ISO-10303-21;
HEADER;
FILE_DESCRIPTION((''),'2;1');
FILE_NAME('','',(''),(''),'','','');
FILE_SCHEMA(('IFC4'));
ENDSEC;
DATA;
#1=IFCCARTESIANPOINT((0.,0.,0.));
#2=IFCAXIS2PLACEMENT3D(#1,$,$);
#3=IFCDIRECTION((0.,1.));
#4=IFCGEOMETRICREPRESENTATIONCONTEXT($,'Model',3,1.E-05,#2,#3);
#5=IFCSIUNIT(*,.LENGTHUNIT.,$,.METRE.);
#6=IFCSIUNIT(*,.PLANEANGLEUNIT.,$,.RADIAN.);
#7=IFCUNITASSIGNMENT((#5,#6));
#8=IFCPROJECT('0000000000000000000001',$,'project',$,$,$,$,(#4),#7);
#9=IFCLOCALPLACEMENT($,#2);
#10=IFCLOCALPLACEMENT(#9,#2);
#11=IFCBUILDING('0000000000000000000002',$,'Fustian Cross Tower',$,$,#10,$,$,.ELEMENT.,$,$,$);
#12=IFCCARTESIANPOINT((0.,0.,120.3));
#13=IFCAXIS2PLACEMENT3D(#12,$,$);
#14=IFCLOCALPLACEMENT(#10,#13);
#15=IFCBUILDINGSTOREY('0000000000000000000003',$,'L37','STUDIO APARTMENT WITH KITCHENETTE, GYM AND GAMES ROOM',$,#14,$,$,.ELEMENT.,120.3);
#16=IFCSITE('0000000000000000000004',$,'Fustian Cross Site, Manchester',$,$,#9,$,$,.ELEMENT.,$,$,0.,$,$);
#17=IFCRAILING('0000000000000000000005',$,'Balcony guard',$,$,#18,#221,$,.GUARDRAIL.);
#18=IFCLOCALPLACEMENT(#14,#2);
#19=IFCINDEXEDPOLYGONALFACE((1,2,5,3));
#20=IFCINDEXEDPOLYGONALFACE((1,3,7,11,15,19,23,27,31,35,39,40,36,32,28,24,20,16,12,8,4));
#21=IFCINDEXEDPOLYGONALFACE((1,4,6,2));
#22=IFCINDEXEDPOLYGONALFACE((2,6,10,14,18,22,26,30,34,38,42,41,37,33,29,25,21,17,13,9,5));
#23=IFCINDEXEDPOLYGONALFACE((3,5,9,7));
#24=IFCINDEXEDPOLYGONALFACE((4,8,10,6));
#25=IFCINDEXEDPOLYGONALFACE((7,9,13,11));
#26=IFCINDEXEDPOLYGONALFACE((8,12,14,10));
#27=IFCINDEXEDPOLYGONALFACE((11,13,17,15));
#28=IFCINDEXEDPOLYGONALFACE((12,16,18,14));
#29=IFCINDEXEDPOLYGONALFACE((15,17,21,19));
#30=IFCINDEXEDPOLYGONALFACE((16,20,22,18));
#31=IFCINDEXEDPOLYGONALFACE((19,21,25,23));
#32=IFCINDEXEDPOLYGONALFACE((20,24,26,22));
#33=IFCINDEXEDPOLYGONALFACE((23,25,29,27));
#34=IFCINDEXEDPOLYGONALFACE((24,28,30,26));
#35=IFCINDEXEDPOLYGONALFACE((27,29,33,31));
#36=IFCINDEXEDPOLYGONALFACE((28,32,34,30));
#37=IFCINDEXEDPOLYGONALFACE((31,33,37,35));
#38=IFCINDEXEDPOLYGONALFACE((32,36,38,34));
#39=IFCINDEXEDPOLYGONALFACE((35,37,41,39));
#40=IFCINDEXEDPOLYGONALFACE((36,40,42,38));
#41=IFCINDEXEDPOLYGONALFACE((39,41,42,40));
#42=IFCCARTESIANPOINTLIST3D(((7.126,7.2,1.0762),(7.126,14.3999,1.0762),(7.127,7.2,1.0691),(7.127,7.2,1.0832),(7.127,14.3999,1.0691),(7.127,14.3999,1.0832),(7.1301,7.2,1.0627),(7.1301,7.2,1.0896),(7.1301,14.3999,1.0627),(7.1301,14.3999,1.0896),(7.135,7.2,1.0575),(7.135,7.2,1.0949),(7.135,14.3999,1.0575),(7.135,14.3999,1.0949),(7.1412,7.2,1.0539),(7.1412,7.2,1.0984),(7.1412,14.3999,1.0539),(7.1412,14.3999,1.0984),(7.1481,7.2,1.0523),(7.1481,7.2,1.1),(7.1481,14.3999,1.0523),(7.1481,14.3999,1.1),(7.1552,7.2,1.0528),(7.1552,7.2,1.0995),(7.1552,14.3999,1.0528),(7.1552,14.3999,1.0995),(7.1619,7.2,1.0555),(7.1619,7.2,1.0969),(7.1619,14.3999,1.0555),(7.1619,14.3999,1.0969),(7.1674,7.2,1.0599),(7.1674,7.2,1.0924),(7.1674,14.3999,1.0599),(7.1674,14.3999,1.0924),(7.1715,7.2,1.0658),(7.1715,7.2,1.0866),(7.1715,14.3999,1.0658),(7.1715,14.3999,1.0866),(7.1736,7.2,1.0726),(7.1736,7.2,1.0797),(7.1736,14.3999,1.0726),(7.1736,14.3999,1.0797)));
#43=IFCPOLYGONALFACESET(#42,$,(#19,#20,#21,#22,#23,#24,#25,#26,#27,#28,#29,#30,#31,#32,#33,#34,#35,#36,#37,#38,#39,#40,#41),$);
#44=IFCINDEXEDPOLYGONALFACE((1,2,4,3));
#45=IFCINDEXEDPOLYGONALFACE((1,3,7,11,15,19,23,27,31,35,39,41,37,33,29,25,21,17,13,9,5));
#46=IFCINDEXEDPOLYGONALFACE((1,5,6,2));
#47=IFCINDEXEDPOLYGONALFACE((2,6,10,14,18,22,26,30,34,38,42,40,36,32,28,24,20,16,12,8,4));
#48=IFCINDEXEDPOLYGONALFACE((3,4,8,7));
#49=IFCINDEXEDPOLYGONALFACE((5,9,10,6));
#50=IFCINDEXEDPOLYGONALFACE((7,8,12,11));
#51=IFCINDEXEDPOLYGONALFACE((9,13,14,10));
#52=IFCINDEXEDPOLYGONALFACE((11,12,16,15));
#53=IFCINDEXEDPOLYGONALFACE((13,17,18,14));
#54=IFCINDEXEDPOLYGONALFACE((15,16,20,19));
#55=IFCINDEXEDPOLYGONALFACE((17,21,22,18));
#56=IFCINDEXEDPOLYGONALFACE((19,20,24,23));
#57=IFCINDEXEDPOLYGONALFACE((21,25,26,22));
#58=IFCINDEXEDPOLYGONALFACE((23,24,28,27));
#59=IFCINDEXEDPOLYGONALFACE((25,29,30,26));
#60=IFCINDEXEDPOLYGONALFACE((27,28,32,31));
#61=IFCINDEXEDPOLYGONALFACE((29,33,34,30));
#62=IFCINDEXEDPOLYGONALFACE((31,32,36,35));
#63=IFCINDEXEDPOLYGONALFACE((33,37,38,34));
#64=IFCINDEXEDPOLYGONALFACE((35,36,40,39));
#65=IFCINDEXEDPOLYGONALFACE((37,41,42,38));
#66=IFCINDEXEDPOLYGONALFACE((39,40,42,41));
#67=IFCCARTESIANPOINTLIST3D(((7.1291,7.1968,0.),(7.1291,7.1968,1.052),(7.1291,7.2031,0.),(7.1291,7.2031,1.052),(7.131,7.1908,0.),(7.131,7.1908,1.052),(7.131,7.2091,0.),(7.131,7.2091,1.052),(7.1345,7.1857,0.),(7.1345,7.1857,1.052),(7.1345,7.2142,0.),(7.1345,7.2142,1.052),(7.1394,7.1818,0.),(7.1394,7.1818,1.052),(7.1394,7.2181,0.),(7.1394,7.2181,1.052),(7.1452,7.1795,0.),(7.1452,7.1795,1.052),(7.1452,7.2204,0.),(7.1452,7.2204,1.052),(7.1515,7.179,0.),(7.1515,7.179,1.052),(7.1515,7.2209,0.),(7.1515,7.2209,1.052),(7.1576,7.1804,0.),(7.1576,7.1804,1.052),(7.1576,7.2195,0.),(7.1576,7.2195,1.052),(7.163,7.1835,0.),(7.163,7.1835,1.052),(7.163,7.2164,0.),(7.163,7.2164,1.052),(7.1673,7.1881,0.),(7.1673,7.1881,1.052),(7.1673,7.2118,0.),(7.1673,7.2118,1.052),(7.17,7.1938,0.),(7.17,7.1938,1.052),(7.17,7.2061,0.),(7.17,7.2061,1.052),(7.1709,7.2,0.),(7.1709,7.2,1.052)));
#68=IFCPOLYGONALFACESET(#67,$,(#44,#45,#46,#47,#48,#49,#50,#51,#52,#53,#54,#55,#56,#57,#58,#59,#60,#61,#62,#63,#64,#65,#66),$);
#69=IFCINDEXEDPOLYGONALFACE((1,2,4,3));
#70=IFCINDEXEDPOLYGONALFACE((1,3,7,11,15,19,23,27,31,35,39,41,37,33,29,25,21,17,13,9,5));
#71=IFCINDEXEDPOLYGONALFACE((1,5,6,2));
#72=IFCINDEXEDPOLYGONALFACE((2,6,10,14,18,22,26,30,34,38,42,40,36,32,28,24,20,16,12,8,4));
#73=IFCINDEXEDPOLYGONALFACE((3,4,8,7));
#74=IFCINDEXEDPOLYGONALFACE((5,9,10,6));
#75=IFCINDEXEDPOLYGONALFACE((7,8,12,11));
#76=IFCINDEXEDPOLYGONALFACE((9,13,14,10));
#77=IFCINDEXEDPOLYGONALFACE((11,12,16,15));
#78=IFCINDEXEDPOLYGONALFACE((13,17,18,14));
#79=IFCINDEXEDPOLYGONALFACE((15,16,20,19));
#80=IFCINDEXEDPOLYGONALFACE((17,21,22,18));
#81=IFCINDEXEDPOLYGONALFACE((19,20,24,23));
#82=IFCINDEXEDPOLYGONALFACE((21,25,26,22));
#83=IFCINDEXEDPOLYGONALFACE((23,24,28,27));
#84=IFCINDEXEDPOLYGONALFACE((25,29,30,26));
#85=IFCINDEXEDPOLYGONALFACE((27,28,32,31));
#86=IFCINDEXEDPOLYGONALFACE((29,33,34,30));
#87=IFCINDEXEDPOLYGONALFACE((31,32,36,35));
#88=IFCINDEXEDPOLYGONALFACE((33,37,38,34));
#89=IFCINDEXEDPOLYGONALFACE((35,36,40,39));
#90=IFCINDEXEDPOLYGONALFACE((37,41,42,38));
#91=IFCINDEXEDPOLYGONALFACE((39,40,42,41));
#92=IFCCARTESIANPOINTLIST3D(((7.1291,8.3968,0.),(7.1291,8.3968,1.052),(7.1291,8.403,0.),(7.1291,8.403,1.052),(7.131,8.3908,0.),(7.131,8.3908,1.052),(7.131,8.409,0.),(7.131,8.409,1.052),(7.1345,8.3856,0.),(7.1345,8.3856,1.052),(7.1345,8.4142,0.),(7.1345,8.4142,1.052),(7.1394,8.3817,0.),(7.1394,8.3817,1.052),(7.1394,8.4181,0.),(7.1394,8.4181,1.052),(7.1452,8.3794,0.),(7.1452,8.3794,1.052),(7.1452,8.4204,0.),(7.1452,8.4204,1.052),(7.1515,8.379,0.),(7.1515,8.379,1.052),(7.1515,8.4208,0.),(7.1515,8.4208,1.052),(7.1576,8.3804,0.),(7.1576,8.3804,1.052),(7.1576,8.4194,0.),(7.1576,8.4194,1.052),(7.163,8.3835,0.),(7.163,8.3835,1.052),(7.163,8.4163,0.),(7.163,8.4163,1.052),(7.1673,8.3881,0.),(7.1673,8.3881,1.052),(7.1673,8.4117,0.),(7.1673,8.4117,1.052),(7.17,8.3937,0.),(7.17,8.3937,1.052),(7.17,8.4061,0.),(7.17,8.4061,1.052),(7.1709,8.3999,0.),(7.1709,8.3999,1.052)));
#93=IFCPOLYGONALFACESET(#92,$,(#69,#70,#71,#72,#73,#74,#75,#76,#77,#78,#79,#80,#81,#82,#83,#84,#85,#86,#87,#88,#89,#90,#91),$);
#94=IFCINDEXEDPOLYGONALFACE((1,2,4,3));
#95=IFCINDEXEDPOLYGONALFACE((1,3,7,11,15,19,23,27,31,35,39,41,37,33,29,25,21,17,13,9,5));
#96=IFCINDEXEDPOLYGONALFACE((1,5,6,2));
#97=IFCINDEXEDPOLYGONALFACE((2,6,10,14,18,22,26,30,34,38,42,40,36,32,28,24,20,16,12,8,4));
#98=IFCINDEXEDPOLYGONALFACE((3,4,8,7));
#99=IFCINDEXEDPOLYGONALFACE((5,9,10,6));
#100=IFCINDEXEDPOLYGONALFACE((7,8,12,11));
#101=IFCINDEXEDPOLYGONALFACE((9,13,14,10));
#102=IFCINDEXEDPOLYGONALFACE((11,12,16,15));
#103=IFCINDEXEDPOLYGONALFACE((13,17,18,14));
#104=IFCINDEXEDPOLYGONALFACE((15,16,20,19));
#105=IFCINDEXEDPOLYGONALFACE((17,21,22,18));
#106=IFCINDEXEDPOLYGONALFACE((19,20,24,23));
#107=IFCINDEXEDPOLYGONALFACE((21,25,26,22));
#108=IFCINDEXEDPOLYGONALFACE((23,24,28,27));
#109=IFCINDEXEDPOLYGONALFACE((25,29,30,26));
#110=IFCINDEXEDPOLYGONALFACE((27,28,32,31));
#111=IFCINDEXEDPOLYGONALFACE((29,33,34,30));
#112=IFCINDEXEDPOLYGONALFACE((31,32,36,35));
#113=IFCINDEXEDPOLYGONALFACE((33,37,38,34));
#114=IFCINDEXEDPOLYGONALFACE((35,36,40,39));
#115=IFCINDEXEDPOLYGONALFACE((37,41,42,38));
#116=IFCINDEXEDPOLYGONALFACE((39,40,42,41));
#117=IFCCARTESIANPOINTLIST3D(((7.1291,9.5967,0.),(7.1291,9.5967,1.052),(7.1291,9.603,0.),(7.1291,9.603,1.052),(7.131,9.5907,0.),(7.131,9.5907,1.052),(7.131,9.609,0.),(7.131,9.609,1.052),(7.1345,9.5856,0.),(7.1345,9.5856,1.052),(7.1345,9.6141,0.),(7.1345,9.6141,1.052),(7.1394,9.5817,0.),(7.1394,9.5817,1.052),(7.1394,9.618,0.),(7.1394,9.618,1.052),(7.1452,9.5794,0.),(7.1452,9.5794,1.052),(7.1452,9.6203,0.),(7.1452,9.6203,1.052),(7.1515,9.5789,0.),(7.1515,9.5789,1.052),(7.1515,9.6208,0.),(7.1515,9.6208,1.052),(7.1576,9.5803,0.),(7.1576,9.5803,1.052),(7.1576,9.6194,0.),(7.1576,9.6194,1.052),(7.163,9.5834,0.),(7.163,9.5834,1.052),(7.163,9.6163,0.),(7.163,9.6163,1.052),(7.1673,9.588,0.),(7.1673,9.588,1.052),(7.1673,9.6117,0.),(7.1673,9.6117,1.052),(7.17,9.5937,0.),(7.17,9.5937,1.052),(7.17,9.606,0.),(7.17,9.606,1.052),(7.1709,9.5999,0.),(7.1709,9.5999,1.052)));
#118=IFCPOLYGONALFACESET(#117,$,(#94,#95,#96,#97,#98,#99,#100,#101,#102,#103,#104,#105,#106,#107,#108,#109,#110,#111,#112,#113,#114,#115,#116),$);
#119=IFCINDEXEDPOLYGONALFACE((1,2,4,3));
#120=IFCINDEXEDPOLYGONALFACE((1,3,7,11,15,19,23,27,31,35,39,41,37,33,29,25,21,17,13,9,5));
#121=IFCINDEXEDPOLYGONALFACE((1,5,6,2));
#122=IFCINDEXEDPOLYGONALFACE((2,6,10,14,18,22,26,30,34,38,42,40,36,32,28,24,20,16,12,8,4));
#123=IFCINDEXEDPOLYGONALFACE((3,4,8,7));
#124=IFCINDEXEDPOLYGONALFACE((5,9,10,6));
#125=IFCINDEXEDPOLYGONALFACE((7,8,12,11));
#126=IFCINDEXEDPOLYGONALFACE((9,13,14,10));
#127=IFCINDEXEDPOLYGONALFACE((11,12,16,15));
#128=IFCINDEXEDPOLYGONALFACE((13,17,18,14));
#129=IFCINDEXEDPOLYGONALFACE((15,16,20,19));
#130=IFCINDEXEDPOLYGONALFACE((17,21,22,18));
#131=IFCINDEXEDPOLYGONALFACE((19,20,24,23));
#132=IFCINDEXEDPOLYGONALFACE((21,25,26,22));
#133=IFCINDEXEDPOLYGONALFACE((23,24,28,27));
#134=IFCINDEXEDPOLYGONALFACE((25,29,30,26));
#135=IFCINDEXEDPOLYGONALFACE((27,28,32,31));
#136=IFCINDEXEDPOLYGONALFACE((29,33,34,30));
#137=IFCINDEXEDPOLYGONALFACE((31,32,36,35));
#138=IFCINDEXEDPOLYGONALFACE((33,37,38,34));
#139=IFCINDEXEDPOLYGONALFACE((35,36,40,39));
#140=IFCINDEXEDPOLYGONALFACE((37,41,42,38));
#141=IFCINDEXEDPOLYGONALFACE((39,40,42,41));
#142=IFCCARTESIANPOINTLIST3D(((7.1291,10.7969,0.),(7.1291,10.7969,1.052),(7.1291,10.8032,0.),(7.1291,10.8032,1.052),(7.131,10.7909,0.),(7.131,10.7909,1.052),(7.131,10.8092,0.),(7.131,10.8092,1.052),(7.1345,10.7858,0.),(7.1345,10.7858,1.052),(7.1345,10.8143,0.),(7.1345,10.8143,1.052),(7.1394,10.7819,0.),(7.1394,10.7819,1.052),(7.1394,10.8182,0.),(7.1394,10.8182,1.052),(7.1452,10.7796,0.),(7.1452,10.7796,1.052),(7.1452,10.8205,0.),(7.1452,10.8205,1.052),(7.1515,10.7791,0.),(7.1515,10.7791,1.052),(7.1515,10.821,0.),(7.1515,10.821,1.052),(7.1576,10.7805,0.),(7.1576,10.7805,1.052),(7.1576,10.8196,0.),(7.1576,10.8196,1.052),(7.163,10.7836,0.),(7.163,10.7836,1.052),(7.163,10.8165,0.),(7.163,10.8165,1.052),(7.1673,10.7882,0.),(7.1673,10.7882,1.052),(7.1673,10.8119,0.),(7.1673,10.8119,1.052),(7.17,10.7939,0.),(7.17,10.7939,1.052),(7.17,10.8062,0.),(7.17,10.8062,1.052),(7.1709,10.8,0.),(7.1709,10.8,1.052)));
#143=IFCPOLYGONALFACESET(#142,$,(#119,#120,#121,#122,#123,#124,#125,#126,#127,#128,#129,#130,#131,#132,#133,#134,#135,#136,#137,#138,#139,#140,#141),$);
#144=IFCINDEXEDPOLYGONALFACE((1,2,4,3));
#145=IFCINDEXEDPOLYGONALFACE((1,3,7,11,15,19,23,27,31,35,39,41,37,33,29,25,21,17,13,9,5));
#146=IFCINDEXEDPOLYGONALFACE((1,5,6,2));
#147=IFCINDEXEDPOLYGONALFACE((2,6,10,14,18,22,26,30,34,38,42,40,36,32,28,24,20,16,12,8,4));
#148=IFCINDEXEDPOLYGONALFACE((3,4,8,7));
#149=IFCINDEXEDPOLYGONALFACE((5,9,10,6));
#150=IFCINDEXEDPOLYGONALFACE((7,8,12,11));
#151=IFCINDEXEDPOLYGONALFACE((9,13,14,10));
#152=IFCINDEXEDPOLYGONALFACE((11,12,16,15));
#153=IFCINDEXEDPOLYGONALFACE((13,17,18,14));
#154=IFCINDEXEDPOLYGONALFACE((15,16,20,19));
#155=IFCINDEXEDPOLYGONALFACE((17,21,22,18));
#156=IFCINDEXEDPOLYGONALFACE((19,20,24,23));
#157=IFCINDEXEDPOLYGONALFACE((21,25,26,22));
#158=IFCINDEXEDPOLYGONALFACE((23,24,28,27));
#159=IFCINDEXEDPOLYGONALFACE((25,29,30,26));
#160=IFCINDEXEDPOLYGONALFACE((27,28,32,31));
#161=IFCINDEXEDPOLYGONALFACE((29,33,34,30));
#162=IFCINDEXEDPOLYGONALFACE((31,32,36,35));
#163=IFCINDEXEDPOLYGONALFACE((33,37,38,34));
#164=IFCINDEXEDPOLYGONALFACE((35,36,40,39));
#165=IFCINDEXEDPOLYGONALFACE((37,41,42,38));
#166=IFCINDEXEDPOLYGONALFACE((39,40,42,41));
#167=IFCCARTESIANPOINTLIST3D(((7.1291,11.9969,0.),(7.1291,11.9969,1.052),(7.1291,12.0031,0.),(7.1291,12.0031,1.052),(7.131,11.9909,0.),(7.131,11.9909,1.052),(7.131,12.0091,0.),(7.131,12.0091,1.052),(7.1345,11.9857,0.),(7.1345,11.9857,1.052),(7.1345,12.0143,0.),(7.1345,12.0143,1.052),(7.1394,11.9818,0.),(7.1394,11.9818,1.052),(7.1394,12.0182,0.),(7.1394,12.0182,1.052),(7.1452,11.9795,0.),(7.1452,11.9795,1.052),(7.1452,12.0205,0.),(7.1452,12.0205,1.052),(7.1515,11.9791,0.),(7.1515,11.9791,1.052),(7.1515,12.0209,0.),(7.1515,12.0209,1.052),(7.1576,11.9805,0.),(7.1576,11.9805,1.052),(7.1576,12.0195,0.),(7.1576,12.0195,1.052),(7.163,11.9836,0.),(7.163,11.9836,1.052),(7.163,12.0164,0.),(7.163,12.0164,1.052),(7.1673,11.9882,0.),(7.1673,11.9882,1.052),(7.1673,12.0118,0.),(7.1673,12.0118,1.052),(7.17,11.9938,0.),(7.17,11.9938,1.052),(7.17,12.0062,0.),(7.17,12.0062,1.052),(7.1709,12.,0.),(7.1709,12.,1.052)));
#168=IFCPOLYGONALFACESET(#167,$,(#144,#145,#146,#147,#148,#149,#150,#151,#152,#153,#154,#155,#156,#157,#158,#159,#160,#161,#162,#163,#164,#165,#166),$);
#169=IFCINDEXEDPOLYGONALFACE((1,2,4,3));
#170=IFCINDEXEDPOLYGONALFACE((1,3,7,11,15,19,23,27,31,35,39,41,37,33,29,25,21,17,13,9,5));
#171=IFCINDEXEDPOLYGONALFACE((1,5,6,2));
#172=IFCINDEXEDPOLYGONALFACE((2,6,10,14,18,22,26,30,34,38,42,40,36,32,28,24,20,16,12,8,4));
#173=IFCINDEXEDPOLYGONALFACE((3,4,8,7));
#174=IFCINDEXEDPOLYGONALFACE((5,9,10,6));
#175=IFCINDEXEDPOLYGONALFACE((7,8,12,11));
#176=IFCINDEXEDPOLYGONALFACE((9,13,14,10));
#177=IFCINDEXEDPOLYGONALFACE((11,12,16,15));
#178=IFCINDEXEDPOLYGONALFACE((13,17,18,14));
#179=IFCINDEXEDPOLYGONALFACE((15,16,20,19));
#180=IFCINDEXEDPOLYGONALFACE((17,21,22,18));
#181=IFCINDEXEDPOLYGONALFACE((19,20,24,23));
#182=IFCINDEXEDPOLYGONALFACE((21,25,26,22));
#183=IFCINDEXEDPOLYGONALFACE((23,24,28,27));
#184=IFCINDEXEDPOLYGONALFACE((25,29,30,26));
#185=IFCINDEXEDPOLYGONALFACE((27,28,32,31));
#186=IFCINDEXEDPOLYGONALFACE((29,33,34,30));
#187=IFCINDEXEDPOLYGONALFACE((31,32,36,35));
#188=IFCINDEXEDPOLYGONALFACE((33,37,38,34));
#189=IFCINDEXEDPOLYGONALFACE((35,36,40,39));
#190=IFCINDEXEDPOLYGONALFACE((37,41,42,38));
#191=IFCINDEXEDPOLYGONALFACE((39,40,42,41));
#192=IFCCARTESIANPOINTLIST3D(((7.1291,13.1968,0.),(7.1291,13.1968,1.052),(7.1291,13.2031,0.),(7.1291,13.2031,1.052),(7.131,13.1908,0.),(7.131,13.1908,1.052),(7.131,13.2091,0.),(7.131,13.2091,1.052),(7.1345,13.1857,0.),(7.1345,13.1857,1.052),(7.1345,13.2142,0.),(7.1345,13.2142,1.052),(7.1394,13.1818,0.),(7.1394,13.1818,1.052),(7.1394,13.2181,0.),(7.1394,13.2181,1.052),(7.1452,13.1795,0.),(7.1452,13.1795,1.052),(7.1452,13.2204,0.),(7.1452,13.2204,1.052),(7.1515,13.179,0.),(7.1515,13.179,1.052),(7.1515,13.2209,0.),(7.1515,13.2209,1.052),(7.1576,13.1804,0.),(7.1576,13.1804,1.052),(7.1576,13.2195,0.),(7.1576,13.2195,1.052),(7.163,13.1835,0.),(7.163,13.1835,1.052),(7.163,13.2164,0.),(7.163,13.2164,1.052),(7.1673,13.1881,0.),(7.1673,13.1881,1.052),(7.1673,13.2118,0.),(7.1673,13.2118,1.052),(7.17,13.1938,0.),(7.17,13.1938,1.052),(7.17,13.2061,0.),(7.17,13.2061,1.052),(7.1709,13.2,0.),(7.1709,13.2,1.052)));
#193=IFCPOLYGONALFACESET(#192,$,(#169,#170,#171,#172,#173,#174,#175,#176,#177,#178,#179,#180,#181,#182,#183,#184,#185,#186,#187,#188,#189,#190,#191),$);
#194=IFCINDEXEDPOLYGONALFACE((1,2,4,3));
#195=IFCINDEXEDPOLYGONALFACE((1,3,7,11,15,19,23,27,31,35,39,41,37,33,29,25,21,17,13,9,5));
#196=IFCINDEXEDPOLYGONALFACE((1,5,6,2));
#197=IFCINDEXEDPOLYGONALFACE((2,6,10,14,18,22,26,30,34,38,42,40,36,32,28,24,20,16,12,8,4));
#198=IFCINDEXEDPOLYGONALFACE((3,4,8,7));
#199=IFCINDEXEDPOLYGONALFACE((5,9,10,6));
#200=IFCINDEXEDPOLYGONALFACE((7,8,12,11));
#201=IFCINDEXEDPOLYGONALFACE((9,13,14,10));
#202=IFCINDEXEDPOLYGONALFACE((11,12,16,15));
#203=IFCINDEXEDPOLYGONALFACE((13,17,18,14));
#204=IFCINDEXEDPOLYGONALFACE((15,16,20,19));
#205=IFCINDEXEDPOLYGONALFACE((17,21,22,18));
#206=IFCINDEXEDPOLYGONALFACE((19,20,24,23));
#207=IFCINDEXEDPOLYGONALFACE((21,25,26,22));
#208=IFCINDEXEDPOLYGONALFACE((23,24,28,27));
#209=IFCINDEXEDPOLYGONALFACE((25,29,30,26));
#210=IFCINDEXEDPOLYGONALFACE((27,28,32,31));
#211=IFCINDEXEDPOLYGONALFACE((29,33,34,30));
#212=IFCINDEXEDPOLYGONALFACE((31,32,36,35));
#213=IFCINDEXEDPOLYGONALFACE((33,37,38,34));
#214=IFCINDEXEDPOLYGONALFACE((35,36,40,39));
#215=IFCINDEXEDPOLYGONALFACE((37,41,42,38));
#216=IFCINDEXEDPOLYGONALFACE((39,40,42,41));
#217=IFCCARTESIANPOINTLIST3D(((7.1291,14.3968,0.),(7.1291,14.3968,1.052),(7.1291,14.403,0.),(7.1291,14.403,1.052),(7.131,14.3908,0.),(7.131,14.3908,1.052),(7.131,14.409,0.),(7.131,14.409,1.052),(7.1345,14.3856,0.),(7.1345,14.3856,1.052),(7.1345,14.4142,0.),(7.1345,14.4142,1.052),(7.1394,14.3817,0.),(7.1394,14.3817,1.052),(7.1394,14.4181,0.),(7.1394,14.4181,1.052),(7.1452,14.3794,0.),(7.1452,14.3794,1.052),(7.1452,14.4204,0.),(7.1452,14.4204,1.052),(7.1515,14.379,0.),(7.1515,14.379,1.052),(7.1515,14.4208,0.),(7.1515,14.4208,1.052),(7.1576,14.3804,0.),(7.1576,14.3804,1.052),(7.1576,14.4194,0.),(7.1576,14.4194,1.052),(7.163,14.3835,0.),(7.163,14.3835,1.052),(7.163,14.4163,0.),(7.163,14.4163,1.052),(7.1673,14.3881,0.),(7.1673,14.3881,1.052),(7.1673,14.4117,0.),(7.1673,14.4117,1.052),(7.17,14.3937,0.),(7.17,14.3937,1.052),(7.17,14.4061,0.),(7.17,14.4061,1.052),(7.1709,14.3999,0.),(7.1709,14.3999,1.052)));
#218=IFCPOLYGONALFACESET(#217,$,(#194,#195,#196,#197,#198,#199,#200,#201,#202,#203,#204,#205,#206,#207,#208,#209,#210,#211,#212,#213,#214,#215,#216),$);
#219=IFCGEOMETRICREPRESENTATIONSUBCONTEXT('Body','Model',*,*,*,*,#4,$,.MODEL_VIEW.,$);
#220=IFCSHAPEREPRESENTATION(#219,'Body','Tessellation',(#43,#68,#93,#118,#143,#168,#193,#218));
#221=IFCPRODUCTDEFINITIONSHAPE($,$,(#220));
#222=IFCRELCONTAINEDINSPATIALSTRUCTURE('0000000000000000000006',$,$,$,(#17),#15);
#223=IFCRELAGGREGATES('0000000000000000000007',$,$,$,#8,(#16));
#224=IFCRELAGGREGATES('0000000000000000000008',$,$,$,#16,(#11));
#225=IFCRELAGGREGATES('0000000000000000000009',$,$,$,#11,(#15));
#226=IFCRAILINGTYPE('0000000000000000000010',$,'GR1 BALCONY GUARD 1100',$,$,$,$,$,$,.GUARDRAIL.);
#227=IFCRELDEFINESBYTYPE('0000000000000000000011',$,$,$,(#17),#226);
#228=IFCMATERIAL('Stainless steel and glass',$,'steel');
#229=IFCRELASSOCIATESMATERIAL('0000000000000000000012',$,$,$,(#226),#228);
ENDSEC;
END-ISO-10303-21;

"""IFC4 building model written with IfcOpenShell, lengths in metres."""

from ifc_helpers import new_model, si_unit, direction, frame, origin, origin_2d, place, context, subcontext, project, spatial, circle, extrude, material, type_object, element, save


model = new_model("IFC4")

# Units and contexts
model_context = context("Model", 3, precision=1e-05, world=origin(), true_north=direction((0.0, 1.0)))
body_context = subcontext(model_context, "Body", "Model", "MODEL_VIEW")
ifc_project = project(units=[si_unit("LENGTHUNIT", "METRE"), si_unit("PLANEANGLEUNIT", "RADIAN")], contexts=[model_context])

# Site, building, storey
site_placement = place(None, origin())
site = spatial("IfcSite", under=ifc_project, at=site_placement, Name="Fustian Cross Site, Manchester", CompositionType="ELEMENT", RefElevation=0.0)
building_placement = place(site_placement, origin())
building = spatial("IfcBuilding", under=site, at=building_placement, Name="Fustian Cross Tower", CompositionType="ELEMENT")
storey_placement = place(building_placement, frame((0.0, 0.0, 120.3)))
storey = spatial("IfcBuildingStorey", under=building, at=storey_placement, Name="L37", Description="STUDIO APARTMENT WITH KITCHENETTE, GYM AND GAMES ROOM", CompositionType="ELEMENT", Elevation=120.3)

# Railing
ifc_material_1 = material(Name="Stainless steel and glass", Category="steel")
railing_type = type_object("IfcRailingType", Name="GR1 BALCONY GUARD 1100", PredefinedType="GUARDRAIL", material=ifc_material_1)
railing_placement = place(storey_placement, frame((7.1499, 7.2, 0.0)))
element("IfcRailing", 1, at=railing_placement, inside=storey, type_object=railing_type, Name="Balcony guard", PredefinedType="GUARDRAIL", context=body_context, shape_type="SweptSolid", body=[
    extrude(circle(Radius=0.0239, at=origin_2d()), frame((0.0, 0.0, 1.0762), z_axis=(0.0, 1.0, 0.0), x_axis=(-1.0, 0.0, 0.0)), (0.0, 0.0, 1.0), 7.2),
    extrude(circle(Radius=0.021, at=origin_2d()), origin(), (0.0, 0.0, 1.0), 1.052),
    extrude(circle(Radius=0.021, at=origin_2d()), frame((0.0, 1.2, 0.0)), (0.0, 0.0, 1.0), 1.052),
    extrude(circle(Radius=0.021, at=origin_2d()), frame((0.0, 2.3999, 0.0)), (0.0, 0.0, 1.0), 1.052),
    extrude(circle(Radius=0.021, at=origin_2d()), frame((0.0, 3.6001, 0.0)), (0.0, 0.0, 1.0), 1.052),
    extrude(circle(Radius=0.021, at=origin_2d()), frame((0.0, 4.8, 0.0)), (0.0, 0.0, 1.0), 1.052),
    extrude(circle(Radius=0.021, at=origin_2d()), frame((0.0, 6.0, 0.0)), (0.0, 0.0, 1.0), 1.052),
    extrude(circle(Radius=0.021, at=origin_2d()), frame((0.0, 7.2, 0.0)), (0.0, 0.0, 1.0), 1.052),
])

save(model, "model.ifc")
